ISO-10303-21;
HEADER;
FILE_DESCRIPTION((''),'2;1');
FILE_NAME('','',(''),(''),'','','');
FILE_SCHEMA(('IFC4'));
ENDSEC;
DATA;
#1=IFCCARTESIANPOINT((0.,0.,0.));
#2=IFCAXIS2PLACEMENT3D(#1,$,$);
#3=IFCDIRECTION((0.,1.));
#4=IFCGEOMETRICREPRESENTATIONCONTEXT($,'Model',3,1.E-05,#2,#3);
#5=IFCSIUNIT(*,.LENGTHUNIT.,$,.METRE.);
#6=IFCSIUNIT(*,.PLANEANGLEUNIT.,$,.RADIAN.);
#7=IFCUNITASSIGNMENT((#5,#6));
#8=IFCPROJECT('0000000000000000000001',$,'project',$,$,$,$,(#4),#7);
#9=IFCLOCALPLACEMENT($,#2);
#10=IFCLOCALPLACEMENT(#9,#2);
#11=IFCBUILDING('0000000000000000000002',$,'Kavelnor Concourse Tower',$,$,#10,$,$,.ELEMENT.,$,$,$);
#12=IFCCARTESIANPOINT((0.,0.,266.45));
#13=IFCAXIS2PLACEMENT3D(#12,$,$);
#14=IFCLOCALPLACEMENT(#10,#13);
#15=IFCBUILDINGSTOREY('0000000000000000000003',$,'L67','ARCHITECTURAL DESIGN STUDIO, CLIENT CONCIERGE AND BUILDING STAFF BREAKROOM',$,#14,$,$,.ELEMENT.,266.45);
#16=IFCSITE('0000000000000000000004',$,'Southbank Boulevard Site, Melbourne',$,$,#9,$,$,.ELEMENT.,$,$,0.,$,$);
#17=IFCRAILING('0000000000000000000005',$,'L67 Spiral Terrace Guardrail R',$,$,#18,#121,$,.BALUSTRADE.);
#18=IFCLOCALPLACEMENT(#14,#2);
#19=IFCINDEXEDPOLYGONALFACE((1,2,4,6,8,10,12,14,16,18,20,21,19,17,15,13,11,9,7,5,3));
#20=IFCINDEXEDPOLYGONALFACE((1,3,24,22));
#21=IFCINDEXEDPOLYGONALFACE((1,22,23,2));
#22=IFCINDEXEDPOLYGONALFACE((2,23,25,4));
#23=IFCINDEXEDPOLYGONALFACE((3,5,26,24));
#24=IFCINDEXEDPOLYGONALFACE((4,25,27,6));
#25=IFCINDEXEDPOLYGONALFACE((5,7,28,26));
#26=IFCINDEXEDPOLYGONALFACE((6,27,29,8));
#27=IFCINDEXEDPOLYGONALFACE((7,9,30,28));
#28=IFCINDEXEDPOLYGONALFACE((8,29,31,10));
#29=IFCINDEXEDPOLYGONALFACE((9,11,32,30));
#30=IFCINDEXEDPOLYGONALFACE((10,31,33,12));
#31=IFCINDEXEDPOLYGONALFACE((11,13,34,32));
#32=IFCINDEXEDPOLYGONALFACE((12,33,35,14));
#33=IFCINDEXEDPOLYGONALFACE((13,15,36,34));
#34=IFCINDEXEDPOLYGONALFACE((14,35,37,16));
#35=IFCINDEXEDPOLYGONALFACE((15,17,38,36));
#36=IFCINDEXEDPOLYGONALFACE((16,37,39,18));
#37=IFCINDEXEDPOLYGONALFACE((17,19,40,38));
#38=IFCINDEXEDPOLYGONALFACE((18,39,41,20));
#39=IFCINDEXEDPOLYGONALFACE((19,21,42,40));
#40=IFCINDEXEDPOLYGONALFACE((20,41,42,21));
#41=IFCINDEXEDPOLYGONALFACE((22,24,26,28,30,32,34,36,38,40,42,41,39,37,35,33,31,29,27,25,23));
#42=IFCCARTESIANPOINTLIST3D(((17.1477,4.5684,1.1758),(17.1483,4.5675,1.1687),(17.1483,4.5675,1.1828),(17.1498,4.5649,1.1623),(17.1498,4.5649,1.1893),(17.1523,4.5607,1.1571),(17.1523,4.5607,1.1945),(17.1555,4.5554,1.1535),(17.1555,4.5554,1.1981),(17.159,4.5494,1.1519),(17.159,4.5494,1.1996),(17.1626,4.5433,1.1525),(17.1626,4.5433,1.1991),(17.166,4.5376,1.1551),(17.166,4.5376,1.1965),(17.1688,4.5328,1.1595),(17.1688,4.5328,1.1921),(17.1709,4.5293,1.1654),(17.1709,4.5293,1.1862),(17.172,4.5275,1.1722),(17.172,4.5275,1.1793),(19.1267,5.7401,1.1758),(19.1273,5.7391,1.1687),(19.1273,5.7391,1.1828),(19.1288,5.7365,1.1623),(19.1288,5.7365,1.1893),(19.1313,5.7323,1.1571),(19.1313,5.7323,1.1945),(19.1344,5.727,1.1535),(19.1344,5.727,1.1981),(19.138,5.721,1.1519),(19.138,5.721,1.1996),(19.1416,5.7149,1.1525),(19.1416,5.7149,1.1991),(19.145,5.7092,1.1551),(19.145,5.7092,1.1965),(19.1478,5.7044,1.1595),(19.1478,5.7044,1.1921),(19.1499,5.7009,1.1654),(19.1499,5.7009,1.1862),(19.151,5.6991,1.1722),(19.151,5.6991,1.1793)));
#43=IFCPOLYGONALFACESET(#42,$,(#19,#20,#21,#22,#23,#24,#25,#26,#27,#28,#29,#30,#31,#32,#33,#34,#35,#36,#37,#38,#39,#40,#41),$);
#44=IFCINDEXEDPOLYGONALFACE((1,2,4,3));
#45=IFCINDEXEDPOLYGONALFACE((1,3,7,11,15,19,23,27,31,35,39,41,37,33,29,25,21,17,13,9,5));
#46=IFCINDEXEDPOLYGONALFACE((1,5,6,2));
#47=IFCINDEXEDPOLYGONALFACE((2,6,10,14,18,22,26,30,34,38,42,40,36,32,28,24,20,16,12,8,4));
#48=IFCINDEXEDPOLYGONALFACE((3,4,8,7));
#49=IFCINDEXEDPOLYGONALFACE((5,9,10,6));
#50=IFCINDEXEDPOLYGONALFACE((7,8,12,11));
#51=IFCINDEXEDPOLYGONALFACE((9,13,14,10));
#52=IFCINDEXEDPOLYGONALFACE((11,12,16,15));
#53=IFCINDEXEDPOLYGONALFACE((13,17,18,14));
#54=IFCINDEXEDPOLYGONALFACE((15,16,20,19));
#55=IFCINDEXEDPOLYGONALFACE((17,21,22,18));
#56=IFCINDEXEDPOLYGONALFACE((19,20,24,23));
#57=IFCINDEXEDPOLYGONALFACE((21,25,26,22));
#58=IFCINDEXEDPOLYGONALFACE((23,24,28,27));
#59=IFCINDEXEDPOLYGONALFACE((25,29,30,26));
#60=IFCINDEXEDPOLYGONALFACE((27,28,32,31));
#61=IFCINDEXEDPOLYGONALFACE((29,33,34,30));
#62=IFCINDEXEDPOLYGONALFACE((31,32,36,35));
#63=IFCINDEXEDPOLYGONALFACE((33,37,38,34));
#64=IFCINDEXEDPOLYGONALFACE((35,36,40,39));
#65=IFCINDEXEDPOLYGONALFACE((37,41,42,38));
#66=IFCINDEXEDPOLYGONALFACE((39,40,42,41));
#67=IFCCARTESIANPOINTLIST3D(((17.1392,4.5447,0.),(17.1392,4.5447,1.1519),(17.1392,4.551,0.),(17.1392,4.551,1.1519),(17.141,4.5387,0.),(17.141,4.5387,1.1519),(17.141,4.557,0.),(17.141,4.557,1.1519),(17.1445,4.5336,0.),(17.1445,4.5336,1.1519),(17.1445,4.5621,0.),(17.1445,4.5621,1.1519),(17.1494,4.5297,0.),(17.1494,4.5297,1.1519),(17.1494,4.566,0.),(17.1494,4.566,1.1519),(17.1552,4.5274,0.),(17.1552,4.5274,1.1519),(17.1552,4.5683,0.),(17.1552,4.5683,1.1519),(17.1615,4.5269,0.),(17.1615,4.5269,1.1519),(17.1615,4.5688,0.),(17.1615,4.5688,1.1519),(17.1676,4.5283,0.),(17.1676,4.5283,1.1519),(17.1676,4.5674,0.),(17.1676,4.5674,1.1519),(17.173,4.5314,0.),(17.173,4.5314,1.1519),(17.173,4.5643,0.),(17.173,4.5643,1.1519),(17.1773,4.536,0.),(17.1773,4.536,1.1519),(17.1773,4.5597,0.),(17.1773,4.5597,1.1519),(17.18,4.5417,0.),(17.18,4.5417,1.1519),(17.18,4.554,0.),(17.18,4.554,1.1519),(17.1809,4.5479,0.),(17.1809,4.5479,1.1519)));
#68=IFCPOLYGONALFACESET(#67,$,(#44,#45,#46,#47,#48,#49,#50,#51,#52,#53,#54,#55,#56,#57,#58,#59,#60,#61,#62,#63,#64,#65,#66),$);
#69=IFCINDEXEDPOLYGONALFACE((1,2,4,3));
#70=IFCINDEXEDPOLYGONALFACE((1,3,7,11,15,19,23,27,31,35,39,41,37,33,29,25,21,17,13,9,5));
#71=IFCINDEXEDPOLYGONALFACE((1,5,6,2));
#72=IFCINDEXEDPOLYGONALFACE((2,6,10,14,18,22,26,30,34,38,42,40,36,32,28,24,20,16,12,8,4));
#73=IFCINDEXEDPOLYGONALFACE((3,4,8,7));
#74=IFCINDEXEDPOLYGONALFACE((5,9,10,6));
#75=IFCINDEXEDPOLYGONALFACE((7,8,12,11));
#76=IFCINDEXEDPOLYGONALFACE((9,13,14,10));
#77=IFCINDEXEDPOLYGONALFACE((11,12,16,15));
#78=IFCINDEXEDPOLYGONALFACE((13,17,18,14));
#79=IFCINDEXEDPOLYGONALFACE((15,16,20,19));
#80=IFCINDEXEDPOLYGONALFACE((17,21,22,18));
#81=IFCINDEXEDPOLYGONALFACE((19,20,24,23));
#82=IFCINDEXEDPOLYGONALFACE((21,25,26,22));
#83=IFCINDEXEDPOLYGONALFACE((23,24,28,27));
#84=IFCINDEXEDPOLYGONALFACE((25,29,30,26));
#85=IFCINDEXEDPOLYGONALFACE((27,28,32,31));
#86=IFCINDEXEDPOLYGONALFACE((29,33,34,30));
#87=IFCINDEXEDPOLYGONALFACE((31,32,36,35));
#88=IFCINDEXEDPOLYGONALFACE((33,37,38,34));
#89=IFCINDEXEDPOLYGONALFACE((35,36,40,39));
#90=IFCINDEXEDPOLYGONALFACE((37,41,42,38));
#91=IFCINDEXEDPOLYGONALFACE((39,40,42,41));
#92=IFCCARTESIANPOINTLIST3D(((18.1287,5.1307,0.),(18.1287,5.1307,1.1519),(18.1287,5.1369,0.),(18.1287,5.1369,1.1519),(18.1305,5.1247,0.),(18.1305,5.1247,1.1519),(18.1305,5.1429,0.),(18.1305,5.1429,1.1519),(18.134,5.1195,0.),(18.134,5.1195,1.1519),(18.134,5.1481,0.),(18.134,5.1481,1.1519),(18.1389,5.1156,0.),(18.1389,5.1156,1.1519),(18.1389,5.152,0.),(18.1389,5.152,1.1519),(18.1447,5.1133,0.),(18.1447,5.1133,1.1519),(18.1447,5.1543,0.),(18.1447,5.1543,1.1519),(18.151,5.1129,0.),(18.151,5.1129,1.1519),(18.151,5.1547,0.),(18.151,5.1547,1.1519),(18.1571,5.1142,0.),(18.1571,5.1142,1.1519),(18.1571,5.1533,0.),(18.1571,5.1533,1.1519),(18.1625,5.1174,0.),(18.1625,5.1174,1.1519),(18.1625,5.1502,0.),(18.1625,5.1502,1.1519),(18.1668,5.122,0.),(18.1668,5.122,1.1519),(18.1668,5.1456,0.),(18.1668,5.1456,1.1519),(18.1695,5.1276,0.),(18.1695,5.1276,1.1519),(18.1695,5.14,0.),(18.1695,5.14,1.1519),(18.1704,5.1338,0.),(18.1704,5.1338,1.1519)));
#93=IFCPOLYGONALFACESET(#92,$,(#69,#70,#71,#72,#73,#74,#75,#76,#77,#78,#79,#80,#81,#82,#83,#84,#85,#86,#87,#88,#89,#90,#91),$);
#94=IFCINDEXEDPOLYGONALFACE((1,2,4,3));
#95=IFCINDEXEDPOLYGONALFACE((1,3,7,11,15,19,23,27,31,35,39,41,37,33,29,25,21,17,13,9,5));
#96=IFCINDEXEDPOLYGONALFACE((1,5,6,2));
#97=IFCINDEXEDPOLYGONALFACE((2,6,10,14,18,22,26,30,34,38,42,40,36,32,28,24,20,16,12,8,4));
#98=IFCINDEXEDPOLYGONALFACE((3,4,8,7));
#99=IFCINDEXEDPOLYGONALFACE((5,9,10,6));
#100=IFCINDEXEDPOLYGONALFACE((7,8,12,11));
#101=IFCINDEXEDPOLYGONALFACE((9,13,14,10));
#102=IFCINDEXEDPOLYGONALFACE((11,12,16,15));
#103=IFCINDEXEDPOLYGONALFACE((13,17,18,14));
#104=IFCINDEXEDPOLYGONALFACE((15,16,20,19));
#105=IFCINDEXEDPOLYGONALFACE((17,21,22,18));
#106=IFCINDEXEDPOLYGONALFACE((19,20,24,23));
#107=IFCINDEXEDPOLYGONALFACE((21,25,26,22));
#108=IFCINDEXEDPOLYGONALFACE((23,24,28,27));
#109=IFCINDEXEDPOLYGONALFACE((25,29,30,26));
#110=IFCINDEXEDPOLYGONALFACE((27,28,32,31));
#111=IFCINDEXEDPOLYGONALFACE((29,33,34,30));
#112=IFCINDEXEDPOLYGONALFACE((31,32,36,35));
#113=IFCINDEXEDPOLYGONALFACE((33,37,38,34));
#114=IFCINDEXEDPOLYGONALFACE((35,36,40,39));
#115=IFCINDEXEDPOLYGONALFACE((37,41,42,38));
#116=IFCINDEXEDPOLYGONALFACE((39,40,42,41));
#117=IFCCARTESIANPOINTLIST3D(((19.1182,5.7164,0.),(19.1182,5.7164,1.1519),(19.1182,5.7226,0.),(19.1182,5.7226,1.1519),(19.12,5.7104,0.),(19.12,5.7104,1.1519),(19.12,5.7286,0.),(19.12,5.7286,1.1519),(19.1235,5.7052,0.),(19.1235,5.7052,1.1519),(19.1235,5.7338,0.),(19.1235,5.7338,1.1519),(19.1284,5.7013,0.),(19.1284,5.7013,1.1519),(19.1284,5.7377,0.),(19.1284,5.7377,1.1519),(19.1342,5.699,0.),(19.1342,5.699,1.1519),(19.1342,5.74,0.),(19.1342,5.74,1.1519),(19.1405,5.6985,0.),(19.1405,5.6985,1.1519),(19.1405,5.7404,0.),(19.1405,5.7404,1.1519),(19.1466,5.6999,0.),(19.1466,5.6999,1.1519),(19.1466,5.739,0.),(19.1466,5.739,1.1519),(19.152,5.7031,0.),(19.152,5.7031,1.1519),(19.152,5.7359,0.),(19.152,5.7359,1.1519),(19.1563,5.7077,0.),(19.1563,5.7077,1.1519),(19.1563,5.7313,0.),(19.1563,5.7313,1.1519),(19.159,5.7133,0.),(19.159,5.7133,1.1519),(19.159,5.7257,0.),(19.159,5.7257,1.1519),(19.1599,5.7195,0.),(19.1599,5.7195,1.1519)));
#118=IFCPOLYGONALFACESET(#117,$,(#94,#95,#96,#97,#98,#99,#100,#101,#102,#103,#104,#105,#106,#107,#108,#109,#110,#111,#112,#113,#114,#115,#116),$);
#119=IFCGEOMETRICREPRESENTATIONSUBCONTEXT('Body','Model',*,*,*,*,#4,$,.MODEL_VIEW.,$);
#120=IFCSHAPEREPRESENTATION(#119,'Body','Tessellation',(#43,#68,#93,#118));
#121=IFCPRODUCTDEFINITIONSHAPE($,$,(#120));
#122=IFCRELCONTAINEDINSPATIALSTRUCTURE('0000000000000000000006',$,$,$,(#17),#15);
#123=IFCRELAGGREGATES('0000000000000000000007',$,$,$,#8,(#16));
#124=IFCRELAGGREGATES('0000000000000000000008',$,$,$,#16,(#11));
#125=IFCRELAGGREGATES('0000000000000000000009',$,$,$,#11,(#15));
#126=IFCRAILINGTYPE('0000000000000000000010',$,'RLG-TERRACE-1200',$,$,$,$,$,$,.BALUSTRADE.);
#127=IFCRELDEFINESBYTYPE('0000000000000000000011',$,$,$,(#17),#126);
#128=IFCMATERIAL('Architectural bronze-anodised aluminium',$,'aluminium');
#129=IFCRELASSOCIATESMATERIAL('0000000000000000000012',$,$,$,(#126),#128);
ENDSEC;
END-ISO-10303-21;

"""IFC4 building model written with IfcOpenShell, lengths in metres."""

from ifc_helpers import new_model, si_unit, direction, frame, origin, origin_2d, place, context, subcontext, project, spatial, circle, extrude, material, type_object, element, save


model = new_model("IFC4")

# Units and contexts
model_context = context("Model", 3, precision=1e-05, world=origin(), true_north=direction((0.0, 1.0)))
body_context = subcontext(model_context, "Body", "Model", "MODEL_VIEW")
ifc_project = project(units=[si_unit("LENGTHUNIT", "METRE"), si_unit("PLANEANGLEUNIT", "RADIAN")], contexts=[model_context])

# Site, building, storey
site_placement = place(None, origin())
site = spatial("IfcSite", under=ifc_project, at=site_placement, Name="Southbank Boulevard Site, Melbourne", CompositionType="ELEMENT", RefElevation=0.0)
building_placement = place(site_placement, origin())
building = spatial("IfcBuilding", under=site, at=building_placement, Name="Kavelnor Concourse Tower", CompositionType="ELEMENT")
storey_placement = place(building_placement, frame((0.0, 0.0, 266.45)))
storey = spatial("IfcBuildingStorey", under=building, at=storey_placement, Name="L67", Description="ARCHITECTURAL DESIGN STUDIO, CLIENT CONCIERGE AND BUILDING STAFF BREAKROOM", CompositionType="ELEMENT", Elevation=266.45)

# Railing
ifc_material_1 = material(Name="Architectural bronze-anodised aluminium", Category="aluminium")
railing_type = type_object("IfcRailingType", Name="RLG-TERRACE-1200", PredefinedType="BALUSTRADE", material=ifc_material_1)
railing_1_placement = place(storey_placement, frame((17.1599, 4.5479, 0.0)))
element("IfcRailing", 1, at=railing_1_placement, inside=storey, type_object=railing_type, Name="L67 Spiral Terrace Guardrail R", PredefinedType="BALUSTRADE", context=body_context, shape_type="SweptSolid", body=[
    extrude(circle(Radius=0.0239, at=origin_2d()), frame((0.0, 0.0, 1.1758), z_axis=(0.860504, 0.509444, 0.0), x_axis=(-0.509444, 0.860504, 0.0)), (0.0, 0.0, 1.0), 2.2998),
    extrude(circle(Radius=0.021, at=origin_2d()), origin(), (0.0, 0.0, 1.0), 1.1519),
    extrude(circle(Radius=0.021, at=origin_2d()), frame((0.9895, 0.5859, 0.0)), (0.0, 0.0, 1.0), 1.1519),
    extrude(circle(Radius=0.021, at=origin_2d()), frame((1.979, 1.1716, 0.0)), (0.0, 0.0, 1.0), 1.1519),
])

save(model, "model.ifc")
